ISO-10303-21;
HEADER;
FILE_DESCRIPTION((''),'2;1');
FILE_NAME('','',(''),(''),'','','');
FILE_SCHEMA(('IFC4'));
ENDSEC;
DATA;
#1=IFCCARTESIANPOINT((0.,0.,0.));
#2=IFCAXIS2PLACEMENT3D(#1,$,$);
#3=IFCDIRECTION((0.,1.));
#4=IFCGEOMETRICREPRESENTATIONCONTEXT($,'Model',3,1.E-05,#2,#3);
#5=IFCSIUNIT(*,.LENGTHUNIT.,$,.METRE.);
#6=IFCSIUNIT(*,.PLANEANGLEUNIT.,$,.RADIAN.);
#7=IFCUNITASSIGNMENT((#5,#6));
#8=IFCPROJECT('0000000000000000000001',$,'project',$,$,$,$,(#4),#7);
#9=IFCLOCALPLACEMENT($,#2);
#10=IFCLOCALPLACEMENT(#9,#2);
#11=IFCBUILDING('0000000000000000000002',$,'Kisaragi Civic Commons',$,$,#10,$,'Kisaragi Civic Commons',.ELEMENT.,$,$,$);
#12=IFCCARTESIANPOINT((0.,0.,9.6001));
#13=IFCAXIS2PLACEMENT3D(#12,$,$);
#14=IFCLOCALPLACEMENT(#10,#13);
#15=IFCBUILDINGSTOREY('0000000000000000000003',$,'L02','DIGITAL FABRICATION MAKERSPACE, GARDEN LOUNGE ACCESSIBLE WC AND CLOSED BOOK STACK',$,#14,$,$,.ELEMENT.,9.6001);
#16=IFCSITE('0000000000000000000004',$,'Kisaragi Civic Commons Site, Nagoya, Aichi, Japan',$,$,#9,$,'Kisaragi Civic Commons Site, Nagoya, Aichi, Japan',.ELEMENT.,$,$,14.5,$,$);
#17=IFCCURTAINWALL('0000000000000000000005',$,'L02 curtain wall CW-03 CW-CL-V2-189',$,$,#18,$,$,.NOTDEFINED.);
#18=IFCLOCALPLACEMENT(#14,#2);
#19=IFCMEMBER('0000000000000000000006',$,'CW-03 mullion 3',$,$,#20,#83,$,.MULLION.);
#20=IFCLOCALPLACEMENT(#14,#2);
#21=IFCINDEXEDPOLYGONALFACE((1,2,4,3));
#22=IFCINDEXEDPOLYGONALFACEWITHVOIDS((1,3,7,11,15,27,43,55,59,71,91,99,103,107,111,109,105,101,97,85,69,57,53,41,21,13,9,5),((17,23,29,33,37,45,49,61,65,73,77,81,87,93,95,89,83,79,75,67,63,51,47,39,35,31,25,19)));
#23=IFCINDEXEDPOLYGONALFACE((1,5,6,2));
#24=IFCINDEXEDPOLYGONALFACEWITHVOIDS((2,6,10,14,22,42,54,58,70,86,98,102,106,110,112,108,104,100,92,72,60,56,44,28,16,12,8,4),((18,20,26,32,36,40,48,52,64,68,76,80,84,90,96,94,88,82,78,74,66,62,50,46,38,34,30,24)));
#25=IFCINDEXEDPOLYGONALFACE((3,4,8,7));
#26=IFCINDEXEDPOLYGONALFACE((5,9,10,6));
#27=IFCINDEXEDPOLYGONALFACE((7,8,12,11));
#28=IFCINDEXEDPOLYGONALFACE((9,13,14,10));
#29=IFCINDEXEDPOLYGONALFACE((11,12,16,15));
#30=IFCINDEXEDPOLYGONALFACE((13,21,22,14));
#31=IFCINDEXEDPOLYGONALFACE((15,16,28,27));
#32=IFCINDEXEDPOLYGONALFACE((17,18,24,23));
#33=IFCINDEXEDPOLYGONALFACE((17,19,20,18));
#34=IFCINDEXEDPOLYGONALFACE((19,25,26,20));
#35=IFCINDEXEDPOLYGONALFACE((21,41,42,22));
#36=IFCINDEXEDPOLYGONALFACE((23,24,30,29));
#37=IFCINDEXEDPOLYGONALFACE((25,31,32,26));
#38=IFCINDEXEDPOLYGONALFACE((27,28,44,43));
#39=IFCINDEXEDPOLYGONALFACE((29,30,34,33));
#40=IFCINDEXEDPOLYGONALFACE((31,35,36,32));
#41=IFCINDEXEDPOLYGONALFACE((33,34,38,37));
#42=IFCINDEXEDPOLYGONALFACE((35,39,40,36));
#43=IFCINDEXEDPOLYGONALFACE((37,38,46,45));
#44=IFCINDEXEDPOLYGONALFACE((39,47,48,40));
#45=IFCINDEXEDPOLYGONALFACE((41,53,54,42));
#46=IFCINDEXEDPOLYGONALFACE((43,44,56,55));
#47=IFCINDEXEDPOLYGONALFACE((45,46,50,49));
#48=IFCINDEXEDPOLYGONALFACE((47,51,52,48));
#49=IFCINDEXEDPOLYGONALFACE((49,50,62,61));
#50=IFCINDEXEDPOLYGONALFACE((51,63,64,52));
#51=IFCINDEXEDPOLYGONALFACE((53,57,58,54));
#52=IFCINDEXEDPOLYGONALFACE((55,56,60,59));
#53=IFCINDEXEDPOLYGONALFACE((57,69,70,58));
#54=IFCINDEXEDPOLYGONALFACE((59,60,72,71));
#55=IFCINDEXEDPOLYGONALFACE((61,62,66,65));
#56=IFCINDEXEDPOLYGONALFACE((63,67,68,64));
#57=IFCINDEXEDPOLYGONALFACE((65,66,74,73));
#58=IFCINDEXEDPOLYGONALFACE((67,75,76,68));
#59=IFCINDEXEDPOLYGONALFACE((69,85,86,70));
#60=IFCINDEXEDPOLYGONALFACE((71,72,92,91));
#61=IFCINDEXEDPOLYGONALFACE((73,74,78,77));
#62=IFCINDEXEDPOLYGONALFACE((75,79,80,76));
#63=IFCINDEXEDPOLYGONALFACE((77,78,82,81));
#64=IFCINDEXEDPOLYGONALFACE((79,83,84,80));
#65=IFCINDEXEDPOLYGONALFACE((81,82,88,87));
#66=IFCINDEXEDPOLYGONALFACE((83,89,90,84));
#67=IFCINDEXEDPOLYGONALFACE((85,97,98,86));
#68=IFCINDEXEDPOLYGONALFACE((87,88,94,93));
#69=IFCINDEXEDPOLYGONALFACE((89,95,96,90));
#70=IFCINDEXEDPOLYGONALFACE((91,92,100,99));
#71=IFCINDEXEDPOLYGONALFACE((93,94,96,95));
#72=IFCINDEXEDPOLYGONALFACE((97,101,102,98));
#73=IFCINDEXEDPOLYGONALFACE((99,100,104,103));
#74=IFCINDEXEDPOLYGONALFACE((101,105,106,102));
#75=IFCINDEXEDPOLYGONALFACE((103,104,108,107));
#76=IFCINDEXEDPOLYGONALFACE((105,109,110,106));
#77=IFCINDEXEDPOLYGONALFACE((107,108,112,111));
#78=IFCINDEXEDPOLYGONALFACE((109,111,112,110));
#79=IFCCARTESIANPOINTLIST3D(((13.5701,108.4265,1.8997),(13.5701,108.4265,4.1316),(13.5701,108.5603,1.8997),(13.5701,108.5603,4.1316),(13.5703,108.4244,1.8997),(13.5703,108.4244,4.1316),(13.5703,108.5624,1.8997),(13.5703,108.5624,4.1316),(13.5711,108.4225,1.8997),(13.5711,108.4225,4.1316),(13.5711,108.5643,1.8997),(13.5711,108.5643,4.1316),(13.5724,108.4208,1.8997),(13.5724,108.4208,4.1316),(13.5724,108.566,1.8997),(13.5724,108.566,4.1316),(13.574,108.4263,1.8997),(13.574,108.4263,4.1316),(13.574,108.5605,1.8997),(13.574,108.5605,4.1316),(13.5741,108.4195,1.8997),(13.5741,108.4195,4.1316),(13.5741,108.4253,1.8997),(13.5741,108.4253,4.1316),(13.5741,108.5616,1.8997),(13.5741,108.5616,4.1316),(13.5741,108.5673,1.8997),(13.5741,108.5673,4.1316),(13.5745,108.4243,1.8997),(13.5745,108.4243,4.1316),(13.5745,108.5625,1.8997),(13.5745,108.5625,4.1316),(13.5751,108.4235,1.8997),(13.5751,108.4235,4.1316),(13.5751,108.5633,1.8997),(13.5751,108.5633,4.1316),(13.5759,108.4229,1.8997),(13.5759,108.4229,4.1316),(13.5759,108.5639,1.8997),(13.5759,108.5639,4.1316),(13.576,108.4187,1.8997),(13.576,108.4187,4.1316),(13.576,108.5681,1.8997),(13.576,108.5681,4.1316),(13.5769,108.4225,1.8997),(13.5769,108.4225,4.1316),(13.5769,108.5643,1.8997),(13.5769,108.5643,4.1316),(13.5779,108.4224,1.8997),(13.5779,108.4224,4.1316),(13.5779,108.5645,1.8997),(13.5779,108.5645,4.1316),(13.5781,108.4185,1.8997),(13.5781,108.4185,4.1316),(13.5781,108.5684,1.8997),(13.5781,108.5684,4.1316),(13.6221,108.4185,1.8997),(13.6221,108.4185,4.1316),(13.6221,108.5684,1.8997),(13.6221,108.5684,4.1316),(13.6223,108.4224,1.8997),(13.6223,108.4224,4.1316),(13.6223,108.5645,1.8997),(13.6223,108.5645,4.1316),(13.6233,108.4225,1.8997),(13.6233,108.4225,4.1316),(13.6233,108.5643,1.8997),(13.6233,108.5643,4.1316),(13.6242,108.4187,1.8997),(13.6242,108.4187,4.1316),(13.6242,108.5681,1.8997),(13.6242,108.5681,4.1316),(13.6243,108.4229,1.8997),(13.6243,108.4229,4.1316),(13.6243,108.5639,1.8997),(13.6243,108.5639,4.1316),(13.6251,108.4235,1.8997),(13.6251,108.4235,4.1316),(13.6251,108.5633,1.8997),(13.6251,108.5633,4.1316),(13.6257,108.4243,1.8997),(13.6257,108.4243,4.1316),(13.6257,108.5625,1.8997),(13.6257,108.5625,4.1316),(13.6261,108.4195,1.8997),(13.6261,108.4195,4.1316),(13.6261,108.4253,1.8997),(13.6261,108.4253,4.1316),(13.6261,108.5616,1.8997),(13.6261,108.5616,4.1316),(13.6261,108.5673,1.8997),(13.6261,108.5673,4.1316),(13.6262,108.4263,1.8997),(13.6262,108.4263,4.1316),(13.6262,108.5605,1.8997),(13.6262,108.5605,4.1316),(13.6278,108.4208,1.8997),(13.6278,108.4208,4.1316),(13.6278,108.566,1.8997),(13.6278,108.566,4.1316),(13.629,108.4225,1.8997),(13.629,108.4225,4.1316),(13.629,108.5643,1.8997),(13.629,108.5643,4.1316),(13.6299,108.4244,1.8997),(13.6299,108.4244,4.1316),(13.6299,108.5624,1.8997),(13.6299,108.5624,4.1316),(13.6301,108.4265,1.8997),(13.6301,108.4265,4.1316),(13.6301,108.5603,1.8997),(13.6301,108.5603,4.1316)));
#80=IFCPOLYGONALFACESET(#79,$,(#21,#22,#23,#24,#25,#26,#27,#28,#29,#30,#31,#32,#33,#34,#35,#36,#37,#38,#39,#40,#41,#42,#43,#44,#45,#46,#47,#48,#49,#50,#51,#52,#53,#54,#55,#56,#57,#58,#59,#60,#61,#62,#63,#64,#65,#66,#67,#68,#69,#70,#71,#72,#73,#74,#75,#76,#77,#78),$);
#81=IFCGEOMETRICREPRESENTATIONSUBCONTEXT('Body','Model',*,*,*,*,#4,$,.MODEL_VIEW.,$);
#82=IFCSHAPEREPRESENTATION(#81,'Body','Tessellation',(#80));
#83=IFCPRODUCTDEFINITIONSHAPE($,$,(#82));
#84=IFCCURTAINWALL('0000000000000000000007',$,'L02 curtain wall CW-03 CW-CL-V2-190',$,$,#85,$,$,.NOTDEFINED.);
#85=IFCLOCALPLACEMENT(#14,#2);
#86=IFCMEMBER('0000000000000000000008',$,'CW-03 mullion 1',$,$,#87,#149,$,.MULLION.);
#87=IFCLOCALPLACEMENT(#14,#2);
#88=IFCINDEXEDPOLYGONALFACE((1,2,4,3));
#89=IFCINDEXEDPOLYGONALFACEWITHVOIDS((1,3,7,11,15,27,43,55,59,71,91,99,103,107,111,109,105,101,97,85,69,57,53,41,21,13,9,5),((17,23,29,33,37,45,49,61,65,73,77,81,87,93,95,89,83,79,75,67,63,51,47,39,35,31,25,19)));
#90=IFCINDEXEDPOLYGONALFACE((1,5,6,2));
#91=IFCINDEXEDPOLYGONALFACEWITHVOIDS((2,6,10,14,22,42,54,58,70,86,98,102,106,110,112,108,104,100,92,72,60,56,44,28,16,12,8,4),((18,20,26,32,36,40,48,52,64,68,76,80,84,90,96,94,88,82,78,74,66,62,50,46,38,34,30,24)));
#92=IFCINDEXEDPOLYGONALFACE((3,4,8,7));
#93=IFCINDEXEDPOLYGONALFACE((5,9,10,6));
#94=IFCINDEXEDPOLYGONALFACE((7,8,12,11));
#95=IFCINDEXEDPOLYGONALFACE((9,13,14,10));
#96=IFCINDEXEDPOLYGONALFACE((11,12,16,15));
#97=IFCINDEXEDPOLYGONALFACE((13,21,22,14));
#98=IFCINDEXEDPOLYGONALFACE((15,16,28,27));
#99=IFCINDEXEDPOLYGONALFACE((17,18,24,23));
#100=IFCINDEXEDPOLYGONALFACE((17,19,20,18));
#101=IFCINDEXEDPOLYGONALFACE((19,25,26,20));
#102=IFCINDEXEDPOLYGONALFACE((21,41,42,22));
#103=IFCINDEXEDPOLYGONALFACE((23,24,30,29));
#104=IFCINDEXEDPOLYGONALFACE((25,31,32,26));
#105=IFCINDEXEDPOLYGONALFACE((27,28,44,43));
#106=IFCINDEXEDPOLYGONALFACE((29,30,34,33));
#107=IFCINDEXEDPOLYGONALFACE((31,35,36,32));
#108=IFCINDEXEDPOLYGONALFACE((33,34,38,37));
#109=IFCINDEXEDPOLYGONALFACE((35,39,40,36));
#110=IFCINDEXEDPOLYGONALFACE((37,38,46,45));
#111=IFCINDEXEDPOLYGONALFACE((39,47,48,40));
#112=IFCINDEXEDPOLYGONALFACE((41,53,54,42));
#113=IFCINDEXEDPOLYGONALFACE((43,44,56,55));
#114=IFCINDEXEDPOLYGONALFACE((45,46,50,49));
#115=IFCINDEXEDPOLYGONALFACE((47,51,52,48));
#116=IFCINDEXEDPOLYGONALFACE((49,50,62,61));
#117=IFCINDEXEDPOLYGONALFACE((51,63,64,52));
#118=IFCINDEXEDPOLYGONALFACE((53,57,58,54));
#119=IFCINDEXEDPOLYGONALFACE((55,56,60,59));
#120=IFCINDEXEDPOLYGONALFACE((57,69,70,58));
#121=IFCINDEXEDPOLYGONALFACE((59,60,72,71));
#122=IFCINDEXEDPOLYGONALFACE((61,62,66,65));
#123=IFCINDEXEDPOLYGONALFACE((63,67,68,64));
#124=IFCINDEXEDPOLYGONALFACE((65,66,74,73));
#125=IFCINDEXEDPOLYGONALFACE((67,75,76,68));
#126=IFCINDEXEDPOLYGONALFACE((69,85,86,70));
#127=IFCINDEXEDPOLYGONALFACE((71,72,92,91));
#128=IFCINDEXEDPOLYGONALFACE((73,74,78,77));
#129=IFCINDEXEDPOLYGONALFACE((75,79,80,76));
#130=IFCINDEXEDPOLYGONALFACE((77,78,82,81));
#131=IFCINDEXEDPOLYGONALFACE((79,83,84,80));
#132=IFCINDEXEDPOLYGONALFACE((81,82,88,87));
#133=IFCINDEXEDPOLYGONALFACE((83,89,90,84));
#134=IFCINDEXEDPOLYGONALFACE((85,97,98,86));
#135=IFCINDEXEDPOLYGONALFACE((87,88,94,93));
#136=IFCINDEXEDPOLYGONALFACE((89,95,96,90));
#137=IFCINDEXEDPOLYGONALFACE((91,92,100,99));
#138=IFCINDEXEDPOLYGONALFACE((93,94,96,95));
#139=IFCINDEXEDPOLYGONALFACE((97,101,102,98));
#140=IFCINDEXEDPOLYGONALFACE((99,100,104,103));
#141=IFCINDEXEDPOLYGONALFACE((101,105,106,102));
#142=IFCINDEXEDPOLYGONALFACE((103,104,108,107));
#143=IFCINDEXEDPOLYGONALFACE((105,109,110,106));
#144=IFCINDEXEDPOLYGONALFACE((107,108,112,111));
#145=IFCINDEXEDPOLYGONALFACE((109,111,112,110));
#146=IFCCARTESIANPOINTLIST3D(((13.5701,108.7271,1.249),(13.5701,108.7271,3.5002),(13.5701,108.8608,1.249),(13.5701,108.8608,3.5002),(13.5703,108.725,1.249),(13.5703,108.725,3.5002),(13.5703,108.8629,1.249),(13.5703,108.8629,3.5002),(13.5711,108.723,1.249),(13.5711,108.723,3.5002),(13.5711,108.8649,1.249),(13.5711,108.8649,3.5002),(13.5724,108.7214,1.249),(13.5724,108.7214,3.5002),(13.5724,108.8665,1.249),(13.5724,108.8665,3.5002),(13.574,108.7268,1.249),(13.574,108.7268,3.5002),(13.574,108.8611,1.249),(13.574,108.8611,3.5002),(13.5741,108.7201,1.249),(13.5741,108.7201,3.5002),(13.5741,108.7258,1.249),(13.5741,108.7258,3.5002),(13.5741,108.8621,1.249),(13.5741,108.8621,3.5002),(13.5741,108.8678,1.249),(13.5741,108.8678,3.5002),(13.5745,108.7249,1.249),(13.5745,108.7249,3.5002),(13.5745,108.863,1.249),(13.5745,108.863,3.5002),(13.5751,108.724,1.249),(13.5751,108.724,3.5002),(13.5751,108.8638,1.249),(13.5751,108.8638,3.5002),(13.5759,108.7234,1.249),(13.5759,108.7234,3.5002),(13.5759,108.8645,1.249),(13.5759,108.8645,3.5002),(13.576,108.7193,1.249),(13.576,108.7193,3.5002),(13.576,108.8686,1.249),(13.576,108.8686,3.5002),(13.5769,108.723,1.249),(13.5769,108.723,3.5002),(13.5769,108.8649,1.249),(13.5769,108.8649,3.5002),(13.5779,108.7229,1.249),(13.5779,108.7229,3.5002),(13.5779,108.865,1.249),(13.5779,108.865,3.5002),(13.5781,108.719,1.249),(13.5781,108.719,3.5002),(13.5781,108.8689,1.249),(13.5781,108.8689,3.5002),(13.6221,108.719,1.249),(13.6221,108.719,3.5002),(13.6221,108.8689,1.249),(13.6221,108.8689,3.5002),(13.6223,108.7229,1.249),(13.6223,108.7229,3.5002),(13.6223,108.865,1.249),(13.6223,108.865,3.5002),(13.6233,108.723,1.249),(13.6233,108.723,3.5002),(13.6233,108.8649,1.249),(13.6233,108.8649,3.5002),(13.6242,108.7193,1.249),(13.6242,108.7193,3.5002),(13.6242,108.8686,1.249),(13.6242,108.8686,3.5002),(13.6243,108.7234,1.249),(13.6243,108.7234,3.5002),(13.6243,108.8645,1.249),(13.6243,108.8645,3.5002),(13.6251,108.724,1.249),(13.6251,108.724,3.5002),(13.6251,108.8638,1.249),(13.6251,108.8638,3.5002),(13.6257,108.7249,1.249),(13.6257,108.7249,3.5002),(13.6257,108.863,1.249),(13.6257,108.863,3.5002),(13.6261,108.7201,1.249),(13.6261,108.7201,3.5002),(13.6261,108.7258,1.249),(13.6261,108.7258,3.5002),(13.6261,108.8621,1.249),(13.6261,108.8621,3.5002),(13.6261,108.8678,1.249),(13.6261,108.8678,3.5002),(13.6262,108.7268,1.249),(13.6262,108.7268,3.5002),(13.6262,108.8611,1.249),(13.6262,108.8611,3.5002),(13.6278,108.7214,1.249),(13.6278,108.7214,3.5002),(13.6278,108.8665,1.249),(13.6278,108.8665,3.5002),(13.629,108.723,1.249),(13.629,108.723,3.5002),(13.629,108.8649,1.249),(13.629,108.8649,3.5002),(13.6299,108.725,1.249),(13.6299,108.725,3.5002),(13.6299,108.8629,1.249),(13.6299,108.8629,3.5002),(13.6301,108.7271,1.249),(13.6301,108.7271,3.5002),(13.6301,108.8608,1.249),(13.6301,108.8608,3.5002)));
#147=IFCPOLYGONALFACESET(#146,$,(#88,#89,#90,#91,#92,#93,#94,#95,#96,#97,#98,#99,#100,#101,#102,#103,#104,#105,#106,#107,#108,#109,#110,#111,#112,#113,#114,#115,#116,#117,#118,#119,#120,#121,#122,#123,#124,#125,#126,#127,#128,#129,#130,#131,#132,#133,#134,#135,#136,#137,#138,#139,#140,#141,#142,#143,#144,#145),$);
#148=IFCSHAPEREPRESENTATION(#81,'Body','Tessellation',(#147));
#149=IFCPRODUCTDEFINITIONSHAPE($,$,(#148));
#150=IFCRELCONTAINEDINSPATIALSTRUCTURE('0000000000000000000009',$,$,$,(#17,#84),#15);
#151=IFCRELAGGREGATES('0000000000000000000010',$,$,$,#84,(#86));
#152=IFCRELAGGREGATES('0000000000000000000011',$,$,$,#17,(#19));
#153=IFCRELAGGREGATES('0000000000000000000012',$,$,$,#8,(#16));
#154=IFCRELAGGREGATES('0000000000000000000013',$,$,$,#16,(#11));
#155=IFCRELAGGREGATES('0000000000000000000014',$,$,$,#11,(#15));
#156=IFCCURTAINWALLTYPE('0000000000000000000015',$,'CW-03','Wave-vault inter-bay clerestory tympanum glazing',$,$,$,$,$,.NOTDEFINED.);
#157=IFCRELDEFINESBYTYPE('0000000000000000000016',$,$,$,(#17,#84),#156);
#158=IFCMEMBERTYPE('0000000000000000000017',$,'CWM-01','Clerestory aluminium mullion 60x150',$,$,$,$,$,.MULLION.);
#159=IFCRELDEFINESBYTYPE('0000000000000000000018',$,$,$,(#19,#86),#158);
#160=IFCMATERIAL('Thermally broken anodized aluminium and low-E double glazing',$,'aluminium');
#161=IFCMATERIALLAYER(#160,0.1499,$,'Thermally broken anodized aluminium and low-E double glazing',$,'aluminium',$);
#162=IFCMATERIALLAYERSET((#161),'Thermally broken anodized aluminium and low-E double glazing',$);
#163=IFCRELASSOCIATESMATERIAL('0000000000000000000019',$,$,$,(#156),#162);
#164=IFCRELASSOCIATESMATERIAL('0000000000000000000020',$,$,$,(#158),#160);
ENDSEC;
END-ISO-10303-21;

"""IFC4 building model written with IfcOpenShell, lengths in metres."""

from ifc_helpers import new_model, si_unit, direction, frame, origin, origin_2d, place, context, subcontext, project, spatial, hollow_rectangle, extrude, material, layer, layer_set, material_profile, profile_set, type_object, element, aggregate, save


model = new_model("IFC4")

# Units and contexts
model_context = context("Model", 3, precision=1e-05, world=origin(), true_north=direction((0.0, 1.0)))
body_context = subcontext(model_context, "Body", "Model", "MODEL_VIEW")
ifc_project = project(units=[si_unit("LENGTHUNIT", "METRE"), si_unit("PLANEANGLEUNIT", "RADIAN")], contexts=[model_context])

# Site, building, storey
site_placement = place(None, origin())
site = spatial("IfcSite", under=ifc_project, at=site_placement, Name="Kisaragi Civic Commons Site, Nagoya, Aichi, Japan", LongName="Kisaragi Civic Commons Site, Nagoya, Aichi, Japan", CompositionType="ELEMENT", RefElevation=14.5)
building_placement = place(site_placement, origin())
building = spatial("IfcBuilding", under=site, at=building_placement, Name="Kisaragi Civic Commons", LongName="Kisaragi Civic Commons", CompositionType="ELEMENT")
storey_placement = place(building_placement, frame((0.0, 0.0, 9.6001)))
storey = spatial("IfcBuildingStorey", under=building, at=storey_placement, Name="L02", Description="DIGITAL FABRICATION MAKERSPACE, GARDEN LOUNGE ACCESSIBLE WC AND CLOSED BOOK STACK", CompositionType="ELEMENT", Elevation=9.6001)

# Curtain wall, member
ifc_material_1 = material(Name="Thermally broken anodized aluminium and low-E double glazing", Category="aluminium")
ifc_layer_1 = layer(ifc_material_1, 0.1499, Name="Thermally broken anodized aluminium and low-E double glazing", Category="aluminium")
ifc_layer_set_1 = layer_set([ifc_layer_1], Name="Thermally broken anodized aluminium and low-E double glazing")
curtain_wall_type = type_object("IfcCurtainWallType", Name="CW-03", Description="Wave-vault inter-bay clerestory tympanum glazing", PredefinedType="NOTDEFINED", material=ifc_layer_set_1)
curtain_wall_1_placement = place(storey_placement, origin())
curtain_wall_1 = element("IfcCurtainWall", 1, at=curtain_wall_1_placement, inside=storey, type_object=curtain_wall_type, Name="L02 curtain wall CW-03 CW-CL-V2-189", PredefinedType="NOTDEFINED")
ifc_material_profile_1 = material_profile(ifc_material_1, hollow_rectangle(XDim=0.0601, YDim=0.1499, WallThickness=0.0039, InnerFilletRadius=0.0039, OuterFilletRadius=0.0081, at=origin_2d()), Name="CWM-60x150x4", Category="aluminium")
ifc_profile_set_1 = profile_set([ifc_material_profile_1], Name="Thermally broken anodized aluminium and low-E double glazing")
member_type_1 = type_object("IfcMemberType", Name="CWM-01", Description="Clerestory aluminium mullion 60x150", PredefinedType="MULLION", material=ifc_profile_set_1)
member_1_placement = place(storey_placement, frame((13.6001, 108.4934, 1.8997), z_axis=(0.0, 0.0, 1.0), x_axis=(-1.0, 0.0, 0.0)))
member_1 = element("IfcMember", 2, at=member_1_placement, type_object=member_type_1, Name="CW-03 mullion 3", PredefinedType="MULLION", context=body_context, shape_type="SweptSolid", body=[
    extrude(hollow_rectangle(XDim=0.0601, YDim=0.1499, WallThickness=0.0039, InnerFilletRadius=0.0039, OuterFilletRadius=0.0081, at=origin_2d()), origin(), (0.0, 0.0, 1.0), 2.2319),
])

# Curtain wall, member
curtain_wall_2_placement = place(storey_placement, origin())
curtain_wall_2 = element("IfcCurtainWall", 3, at=curtain_wall_2_placement, inside=storey, type_object=curtain_wall_type, Name="L02 curtain wall CW-03 CW-CL-V2-190", PredefinedType="NOTDEFINED")
member_2_placement = place(storey_placement, frame((13.6001, 108.7939, 1.249), z_axis=(0.0, 0.0, 1.0), x_axis=(-1.0, 0.0, 0.0)))
member_2 = element("IfcMember", 4, at=member_2_placement, type_object=member_type_1, Name="CW-03 mullion 1", PredefinedType="MULLION", context=body_context, shape_type="SweptSolid", body=[
    extrude(hollow_rectangle(XDim=0.0601, YDim=0.1499, WallThickness=0.0039, InnerFilletRadius=0.0039, OuterFilletRadius=0.0081, at=origin_2d()), origin(), (0.0, 0.0, 1.0), 2.2512),
])

aggregate(curtain_wall_2, [member_2])
aggregate(curtain_wall_1, [member_1])

save(model, "model.ifc")
